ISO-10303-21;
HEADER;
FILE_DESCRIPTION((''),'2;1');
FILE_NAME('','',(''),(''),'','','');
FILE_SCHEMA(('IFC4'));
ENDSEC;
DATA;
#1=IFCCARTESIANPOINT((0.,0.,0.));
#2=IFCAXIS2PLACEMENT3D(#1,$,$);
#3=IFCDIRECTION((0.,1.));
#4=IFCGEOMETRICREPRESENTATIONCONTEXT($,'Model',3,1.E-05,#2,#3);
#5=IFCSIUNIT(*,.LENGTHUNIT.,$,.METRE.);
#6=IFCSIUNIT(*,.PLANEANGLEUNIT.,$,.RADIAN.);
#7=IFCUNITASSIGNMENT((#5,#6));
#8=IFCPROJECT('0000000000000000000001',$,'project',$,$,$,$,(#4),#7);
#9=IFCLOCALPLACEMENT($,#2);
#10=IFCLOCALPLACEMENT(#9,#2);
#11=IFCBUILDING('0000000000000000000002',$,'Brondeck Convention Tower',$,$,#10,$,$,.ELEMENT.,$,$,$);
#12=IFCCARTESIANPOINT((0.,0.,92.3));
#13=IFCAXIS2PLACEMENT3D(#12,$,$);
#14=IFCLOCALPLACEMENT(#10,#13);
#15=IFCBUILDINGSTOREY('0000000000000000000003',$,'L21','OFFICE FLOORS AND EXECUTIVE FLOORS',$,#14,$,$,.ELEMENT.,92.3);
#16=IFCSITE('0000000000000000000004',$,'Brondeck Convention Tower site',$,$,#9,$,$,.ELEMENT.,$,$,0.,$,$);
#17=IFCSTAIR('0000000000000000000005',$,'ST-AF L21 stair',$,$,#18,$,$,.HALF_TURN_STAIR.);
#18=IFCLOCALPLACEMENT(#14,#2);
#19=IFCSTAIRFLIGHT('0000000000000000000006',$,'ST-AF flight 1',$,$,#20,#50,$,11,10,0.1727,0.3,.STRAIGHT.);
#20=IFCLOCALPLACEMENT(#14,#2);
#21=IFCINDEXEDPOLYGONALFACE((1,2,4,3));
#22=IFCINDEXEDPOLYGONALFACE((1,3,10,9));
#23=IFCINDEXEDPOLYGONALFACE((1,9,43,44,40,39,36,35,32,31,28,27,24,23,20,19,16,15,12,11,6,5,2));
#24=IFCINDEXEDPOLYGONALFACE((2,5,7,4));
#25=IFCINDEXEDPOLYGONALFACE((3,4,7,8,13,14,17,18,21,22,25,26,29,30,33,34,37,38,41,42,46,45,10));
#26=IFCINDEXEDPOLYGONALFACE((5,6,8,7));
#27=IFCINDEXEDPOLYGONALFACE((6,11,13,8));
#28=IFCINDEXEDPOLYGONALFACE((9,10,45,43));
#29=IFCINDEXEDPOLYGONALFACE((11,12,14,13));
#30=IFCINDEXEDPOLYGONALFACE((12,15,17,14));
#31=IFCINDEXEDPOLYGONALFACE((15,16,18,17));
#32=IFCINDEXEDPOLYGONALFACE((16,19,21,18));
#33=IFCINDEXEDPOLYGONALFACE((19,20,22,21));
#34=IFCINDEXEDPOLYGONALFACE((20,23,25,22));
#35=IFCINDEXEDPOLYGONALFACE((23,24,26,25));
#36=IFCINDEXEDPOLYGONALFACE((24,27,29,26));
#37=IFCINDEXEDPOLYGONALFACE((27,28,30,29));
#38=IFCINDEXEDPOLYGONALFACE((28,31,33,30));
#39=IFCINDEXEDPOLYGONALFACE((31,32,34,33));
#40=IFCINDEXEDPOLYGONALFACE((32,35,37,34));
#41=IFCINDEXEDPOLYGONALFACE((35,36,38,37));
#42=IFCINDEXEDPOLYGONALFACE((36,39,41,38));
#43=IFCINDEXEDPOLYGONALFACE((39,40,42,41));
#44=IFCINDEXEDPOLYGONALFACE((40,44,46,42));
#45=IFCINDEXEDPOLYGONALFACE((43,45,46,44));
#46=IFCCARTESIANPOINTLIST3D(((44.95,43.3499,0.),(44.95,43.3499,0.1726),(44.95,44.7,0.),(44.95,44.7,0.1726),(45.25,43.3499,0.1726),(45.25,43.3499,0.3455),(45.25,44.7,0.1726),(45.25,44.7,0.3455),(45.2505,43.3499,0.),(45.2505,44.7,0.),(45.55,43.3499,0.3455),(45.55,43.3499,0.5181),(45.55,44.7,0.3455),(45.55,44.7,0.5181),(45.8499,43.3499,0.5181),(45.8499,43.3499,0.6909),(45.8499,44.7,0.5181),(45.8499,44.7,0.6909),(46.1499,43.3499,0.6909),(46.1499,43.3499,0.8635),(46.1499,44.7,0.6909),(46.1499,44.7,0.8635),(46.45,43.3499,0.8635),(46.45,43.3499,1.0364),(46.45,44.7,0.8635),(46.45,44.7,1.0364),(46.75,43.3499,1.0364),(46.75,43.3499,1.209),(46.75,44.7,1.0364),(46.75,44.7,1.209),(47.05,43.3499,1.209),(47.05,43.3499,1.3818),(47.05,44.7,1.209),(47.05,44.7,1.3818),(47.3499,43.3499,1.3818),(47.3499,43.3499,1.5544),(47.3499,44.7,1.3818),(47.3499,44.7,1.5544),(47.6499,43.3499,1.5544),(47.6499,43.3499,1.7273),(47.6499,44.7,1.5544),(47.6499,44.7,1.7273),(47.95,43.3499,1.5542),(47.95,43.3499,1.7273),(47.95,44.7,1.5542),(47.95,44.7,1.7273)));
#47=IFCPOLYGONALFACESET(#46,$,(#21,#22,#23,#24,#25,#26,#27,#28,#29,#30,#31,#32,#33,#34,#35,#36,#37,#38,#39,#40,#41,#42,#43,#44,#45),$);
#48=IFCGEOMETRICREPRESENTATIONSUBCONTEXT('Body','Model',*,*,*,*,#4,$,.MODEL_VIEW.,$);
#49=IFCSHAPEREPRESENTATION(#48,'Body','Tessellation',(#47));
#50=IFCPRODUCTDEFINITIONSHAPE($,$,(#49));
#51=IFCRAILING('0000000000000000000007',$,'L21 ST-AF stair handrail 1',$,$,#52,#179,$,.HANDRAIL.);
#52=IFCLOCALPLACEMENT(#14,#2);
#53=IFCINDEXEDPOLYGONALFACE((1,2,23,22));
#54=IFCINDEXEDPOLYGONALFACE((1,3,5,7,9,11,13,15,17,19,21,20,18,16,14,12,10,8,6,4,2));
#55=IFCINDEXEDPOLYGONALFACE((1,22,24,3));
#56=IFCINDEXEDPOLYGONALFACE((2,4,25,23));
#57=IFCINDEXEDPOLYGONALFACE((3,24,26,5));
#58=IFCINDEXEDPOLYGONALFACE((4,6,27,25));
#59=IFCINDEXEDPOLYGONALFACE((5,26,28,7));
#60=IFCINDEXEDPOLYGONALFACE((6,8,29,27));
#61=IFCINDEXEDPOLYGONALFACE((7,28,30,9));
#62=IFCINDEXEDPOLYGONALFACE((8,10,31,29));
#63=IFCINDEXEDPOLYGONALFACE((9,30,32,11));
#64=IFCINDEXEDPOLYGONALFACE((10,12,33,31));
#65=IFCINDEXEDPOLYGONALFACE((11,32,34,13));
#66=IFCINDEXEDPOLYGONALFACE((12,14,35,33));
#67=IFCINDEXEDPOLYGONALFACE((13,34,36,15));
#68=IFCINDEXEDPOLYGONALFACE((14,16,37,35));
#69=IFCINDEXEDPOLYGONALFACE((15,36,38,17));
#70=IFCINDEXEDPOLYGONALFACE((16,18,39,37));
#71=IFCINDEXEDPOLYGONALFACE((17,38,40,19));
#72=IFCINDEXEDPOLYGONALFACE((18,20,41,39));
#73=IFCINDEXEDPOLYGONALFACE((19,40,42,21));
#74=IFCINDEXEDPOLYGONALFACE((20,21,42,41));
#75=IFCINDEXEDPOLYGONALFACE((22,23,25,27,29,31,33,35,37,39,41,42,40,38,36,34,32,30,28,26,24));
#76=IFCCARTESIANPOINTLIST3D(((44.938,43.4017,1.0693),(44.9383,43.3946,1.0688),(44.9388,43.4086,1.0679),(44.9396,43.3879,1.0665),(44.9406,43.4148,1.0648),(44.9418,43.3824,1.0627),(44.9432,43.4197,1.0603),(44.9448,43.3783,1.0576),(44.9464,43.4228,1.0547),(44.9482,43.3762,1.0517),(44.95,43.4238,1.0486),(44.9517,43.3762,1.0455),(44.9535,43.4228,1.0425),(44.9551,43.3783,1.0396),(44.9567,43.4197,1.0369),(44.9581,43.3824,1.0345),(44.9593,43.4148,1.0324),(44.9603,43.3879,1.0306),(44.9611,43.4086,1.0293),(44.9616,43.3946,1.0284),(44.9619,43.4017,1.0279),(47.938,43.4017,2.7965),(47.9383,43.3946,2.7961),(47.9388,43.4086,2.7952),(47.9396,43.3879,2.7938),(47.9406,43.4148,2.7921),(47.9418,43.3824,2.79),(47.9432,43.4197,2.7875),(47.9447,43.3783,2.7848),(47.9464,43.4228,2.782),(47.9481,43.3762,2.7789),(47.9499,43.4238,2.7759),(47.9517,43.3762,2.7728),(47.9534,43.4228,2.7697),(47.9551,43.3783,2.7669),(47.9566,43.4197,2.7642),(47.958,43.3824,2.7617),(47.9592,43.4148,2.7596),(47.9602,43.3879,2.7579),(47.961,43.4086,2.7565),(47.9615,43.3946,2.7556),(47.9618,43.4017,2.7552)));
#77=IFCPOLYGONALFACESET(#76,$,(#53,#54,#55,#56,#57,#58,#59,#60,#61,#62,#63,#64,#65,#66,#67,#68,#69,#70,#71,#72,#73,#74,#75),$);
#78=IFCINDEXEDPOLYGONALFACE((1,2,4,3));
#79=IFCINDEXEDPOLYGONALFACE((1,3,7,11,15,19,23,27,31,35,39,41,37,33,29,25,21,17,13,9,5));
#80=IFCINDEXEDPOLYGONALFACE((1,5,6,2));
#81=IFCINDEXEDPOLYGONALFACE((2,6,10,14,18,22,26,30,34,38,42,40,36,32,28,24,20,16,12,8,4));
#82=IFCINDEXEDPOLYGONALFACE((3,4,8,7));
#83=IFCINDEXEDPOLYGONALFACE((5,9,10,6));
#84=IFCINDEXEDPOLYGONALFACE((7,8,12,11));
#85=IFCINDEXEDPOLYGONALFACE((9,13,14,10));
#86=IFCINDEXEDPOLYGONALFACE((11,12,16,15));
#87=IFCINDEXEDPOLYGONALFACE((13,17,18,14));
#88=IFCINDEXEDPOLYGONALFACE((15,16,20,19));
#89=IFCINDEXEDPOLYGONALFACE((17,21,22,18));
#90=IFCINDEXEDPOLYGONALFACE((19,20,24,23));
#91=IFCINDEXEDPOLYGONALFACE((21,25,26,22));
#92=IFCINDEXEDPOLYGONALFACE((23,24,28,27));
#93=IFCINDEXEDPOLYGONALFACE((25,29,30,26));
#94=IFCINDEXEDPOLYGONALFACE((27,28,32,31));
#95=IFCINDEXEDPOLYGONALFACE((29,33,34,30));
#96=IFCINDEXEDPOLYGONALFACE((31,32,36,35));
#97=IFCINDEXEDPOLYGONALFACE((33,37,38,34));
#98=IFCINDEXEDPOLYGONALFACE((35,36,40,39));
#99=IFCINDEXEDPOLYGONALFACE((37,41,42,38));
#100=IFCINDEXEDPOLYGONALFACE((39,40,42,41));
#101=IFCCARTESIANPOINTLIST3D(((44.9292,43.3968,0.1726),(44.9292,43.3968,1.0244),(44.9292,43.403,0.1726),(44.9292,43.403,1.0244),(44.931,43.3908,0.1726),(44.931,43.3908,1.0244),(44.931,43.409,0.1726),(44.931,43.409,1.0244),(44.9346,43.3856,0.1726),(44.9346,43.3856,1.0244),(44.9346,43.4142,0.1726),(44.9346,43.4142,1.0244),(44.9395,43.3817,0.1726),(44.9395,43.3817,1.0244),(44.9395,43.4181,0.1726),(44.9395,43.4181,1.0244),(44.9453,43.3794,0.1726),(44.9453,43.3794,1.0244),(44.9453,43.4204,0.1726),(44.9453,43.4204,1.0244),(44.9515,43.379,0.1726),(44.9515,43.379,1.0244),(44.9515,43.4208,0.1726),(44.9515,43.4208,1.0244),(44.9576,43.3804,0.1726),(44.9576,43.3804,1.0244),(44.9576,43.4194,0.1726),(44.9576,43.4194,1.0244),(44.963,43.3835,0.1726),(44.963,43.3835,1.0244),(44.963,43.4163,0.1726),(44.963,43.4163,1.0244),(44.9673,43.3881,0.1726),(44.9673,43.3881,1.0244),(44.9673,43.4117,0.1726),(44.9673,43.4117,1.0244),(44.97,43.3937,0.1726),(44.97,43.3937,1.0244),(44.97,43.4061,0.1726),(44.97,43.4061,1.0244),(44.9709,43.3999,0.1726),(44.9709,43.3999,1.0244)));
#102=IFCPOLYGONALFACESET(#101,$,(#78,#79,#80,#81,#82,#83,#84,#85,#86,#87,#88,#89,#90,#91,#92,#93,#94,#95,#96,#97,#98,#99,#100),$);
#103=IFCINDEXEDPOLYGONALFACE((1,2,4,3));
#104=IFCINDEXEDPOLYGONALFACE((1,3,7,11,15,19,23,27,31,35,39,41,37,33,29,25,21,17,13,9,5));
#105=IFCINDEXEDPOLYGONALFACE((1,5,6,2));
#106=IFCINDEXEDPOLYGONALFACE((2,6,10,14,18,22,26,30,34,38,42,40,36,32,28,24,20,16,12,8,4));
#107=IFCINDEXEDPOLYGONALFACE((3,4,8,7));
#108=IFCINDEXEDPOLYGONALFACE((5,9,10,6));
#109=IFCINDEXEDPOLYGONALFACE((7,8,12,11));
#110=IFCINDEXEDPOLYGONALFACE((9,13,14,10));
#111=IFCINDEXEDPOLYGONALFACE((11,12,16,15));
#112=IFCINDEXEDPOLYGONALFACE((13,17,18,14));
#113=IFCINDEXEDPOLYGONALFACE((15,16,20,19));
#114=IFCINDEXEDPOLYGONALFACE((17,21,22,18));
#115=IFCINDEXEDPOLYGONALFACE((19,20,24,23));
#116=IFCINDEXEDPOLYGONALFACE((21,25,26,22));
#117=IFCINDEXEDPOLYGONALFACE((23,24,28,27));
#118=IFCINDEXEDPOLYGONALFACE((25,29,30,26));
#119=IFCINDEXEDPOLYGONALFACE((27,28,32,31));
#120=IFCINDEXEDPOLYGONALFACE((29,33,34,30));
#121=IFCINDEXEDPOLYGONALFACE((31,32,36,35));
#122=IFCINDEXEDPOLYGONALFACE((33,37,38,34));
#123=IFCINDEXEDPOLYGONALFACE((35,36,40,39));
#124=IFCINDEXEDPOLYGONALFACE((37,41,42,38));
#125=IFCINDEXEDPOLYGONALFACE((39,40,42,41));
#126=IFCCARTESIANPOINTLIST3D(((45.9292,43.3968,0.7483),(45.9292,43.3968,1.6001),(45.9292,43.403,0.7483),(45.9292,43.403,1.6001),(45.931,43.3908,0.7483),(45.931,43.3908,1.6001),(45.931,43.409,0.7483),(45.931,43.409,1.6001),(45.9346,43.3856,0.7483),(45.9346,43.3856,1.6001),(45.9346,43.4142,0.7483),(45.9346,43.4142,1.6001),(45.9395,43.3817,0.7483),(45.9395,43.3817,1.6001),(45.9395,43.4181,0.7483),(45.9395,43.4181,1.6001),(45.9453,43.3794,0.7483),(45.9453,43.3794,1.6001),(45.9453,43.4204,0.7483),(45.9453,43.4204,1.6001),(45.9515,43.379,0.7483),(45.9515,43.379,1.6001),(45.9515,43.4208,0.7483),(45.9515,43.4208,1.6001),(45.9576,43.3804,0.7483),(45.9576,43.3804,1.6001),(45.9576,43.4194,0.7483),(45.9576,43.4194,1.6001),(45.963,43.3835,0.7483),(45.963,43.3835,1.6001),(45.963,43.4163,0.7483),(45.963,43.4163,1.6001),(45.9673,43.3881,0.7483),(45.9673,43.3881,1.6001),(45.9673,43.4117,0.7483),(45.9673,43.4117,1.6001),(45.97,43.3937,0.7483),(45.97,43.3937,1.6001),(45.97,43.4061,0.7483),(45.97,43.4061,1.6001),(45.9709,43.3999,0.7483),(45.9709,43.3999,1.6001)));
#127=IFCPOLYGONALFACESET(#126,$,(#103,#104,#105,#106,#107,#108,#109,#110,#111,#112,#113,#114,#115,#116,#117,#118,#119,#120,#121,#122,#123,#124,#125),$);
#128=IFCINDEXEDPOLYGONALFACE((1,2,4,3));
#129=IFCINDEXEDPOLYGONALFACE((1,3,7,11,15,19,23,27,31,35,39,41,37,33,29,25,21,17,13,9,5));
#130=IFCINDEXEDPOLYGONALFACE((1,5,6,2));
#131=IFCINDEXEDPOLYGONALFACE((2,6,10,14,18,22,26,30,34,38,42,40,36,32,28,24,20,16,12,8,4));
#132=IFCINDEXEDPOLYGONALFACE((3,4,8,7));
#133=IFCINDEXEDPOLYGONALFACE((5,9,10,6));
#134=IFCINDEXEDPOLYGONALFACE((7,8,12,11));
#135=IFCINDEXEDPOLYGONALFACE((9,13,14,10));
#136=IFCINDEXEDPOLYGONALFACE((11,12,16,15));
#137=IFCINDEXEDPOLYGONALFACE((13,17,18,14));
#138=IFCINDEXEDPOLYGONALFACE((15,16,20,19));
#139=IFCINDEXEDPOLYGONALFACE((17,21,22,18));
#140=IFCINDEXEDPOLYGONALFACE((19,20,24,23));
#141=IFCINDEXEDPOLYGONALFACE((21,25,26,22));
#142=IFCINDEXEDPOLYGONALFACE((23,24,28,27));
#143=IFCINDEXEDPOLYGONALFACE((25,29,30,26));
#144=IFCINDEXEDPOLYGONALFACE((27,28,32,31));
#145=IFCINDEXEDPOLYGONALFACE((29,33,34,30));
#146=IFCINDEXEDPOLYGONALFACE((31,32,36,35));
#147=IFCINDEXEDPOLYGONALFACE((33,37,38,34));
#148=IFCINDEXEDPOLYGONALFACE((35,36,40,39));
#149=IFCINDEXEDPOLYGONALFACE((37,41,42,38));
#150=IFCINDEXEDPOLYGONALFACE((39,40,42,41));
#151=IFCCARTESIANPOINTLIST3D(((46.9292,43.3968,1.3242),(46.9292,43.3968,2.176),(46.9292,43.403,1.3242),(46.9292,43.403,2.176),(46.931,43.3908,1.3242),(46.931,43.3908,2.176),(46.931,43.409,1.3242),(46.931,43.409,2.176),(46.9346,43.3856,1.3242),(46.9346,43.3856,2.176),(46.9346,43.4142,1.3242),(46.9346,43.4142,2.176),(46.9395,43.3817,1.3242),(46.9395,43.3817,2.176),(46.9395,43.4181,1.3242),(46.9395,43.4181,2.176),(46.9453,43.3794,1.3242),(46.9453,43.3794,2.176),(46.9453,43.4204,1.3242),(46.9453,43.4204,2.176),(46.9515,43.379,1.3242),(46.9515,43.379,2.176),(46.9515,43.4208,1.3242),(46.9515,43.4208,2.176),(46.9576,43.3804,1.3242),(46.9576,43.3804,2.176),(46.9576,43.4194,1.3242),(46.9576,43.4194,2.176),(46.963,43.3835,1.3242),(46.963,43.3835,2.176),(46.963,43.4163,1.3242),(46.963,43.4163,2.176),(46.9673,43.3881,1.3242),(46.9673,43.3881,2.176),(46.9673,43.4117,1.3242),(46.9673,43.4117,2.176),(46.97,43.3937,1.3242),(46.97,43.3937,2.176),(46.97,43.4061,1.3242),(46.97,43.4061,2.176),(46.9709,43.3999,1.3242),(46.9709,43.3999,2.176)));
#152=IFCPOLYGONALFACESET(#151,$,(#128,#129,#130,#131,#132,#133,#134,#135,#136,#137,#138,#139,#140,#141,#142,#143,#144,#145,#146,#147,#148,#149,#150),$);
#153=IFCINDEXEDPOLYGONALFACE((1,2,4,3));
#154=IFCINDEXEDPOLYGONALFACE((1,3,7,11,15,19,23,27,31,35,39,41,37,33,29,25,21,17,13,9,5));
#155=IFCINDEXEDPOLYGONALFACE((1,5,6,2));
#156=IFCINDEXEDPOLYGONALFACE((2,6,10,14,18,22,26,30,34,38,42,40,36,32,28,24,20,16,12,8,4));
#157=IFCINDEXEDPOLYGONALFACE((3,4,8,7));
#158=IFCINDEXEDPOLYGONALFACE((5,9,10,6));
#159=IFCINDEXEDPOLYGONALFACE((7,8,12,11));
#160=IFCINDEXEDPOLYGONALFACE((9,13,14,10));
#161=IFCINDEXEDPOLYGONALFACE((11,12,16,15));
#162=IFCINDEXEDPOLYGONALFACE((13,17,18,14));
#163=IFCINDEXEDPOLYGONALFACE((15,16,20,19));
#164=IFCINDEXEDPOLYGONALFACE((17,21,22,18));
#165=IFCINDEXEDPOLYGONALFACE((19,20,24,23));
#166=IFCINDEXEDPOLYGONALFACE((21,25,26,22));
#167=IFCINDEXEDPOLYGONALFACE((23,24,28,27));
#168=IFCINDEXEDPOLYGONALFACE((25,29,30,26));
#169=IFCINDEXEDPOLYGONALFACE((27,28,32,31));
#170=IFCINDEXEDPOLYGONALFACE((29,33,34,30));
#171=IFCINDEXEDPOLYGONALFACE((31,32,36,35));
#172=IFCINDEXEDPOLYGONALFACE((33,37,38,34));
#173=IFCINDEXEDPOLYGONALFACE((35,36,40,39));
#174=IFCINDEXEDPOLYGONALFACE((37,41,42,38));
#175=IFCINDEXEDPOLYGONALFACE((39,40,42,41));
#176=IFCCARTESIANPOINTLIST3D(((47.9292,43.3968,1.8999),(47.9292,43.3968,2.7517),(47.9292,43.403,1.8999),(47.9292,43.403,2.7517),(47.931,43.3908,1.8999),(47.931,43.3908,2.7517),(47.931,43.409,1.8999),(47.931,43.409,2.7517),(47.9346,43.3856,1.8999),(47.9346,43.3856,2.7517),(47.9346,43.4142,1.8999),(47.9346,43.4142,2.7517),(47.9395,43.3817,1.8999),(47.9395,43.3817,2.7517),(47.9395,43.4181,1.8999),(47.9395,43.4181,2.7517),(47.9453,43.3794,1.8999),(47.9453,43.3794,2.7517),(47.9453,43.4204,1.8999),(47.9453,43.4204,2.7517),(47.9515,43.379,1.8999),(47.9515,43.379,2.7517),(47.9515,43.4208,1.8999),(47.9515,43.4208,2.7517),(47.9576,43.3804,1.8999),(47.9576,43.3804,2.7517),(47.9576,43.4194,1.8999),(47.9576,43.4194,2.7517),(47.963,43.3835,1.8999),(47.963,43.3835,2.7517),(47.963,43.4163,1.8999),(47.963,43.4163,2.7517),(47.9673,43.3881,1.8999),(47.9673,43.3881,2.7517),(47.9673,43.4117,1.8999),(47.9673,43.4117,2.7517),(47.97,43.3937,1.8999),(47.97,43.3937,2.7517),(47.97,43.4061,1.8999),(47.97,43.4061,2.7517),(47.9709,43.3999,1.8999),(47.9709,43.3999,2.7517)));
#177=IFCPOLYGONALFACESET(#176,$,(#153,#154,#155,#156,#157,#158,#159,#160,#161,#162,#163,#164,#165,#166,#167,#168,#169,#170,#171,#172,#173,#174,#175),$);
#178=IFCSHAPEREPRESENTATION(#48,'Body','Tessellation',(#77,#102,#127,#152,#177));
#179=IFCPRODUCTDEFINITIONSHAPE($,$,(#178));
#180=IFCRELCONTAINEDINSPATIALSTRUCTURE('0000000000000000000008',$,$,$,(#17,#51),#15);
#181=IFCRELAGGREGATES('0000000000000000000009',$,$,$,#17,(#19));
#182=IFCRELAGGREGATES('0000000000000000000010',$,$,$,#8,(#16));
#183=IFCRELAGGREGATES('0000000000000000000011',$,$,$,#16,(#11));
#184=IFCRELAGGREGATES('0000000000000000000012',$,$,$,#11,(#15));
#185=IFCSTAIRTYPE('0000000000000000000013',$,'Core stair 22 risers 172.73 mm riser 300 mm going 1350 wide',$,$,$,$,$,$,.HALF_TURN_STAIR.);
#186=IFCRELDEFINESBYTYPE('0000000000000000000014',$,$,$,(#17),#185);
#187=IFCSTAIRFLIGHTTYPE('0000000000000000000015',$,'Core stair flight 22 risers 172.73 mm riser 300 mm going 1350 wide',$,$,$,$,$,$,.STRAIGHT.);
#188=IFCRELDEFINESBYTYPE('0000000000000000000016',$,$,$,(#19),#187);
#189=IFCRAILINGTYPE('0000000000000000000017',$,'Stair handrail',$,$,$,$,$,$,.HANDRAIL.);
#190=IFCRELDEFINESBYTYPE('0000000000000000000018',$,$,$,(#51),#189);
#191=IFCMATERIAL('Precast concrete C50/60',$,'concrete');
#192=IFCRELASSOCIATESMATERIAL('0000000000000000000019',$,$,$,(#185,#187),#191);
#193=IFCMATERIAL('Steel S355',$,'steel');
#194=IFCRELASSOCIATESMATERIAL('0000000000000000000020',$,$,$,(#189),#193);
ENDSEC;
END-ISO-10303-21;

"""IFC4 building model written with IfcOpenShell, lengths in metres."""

from ifc_helpers import new_model, si_unit, direction, frame, origin, origin_2d, place, context, subcontext, project, spatial, polyline, circle, outline, extrude, material, type_object, element, aggregate, save


model = new_model("IFC4")

# Units and contexts
model_context = context("Model", 3, precision=1e-05, world=origin(), true_north=direction((0.0, 1.0)))
body_context = subcontext(model_context, "Body", "Model", "MODEL_VIEW")
ifc_project = project(units=[si_unit("LENGTHUNIT", "METRE"), si_unit("PLANEANGLEUNIT", "RADIAN")], contexts=[model_context])

# Site, building, storey
site_placement = place(None, origin())
site = spatial("IfcSite", under=ifc_project, at=site_placement, Name="Brondeck Convention Tower site", CompositionType="ELEMENT", RefElevation=0.0)
building_placement = place(site_placement, origin())
building = spatial("IfcBuilding", under=site, at=building_placement, Name="Brondeck Convention Tower", CompositionType="ELEMENT")
storey_placement = place(building_placement, frame((0.0, 0.0, 92.3)))
storey = spatial("IfcBuildingStorey", under=building, at=storey_placement, Name="L21", Description="OFFICE FLOORS AND EXECUTIVE FLOORS", CompositionType="ELEMENT", Elevation=92.3)

# Shared definitions
ifc_material_1 = material(Name="Steel S355", Category="steel")

# Stair, stair flight
ifc_material_2 = material(Name="Precast concrete C50/60", Category="concrete")
stair_type = type_object("IfcStairType", Name="Core stair 22 risers 172.73 mm riser 300 mm going 1350 wide", PredefinedType="HALF_TURN_STAIR", material=ifc_material_2)
stair_placement = place(storey_placement, origin())
stair = element("IfcStair", 1, at=stair_placement, inside=storey, type_object=stair_type, Name="ST-AF L21 stair", PredefinedType="HALF_TURN_STAIR")
stair_flight_type = type_object("IfcStairFlightType", Name="Core stair flight 22 risers 172.73 mm riser 300 mm going 1350 wide", PredefinedType="STRAIGHT", material=ifc_material_2)
stair_flight_placement = place(storey_placement, frame((44.95, 44.0249, 0.0), z_axis=(0.0, 0.0, 1.0), x_axis=(1.0, 0.0, 0.0)))
stair_flight = element("IfcStairFlight", 2, at=stair_flight_placement, type_object=stair_flight_type, Name="ST-AF flight 1", NumberOfRisers=11, NumberOfTreads=10, PredefinedType="STRAIGHT", RiserHeight=0.1727, TreadLength=0.3, context=body_context, shape_type="SweptSolid", body=[
    extrude(outline(polyline([(0.0, 0.0), (0.0, 0.1726), (0.3, 0.1726), (0.3, 0.3455), (0.6001, 0.3455), (0.6001, 0.5181), (0.8999, 0.5181), (0.8999, 0.6909), (1.2, 0.6909), (1.2, 0.8635), (1.5, 0.8635), (1.5, 1.0364), (1.8, 1.0364), (1.8, 1.209), (2.1001, 1.209), (2.1001, 1.3818), (2.3999, 1.3818), (2.3999, 1.5544), (2.7, 1.5544), (2.7, 1.7273), (3.0, 1.7273), (3.0, 1.8999), (3.0, 1.5542), (0.3005, 0.0), (0.0, 0.0)])), frame((0.0, 0.675, 0.0), z_axis=(0.0, -1.0, 0.0), x_axis=(1.0, 0.0, 0.0)), (0.0, 0.0, 1.0), 1.3501),
])
aggregate(stair, [stair_flight])

# Railing
railing_type = type_object("IfcRailingType", Name="Stair handrail", PredefinedType="HANDRAIL", material=ifc_material_1)
railing_placement = place(storey_placement, frame((44.95, 43.3999, 0.1726)))
element("IfcRailing", 3, at=railing_placement, inside=storey, type_object=railing_type, Name="L21 ST-AF stair handrail 1", PredefinedType="HANDRAIL", context=body_context, shape_type="SweptSolid", body=[
    extrude(circle(Radius=0.0239, at=origin_2d()), frame((0.0, 0.0, 0.876), z_axis=(0.86662, 0.0, 0.498969), x_axis=(0.0, 1.0, 0.0)), (0.0, 0.0, 1.0), 3.4617),
    extrude(circle(Radius=0.021, at=origin_2d()), origin(), (0.0, 0.0, 1.0), 0.8518),
    extrude(circle(Radius=0.021, at=origin_2d()), frame((1.0, 0.0, 0.5757)), (0.0, 0.0, 1.0), 0.8518),
    extrude(circle(Radius=0.021, at=origin_2d()), frame((2.0, 0.0, 1.1516)), (0.0, 0.0, 1.0), 0.8518),
    extrude(circle(Radius=0.021, at=origin_2d()), frame((3.0, 0.0, 1.7273)), (0.0, 0.0, 1.0), 0.8518),
])

save(model, "model.ifc")
